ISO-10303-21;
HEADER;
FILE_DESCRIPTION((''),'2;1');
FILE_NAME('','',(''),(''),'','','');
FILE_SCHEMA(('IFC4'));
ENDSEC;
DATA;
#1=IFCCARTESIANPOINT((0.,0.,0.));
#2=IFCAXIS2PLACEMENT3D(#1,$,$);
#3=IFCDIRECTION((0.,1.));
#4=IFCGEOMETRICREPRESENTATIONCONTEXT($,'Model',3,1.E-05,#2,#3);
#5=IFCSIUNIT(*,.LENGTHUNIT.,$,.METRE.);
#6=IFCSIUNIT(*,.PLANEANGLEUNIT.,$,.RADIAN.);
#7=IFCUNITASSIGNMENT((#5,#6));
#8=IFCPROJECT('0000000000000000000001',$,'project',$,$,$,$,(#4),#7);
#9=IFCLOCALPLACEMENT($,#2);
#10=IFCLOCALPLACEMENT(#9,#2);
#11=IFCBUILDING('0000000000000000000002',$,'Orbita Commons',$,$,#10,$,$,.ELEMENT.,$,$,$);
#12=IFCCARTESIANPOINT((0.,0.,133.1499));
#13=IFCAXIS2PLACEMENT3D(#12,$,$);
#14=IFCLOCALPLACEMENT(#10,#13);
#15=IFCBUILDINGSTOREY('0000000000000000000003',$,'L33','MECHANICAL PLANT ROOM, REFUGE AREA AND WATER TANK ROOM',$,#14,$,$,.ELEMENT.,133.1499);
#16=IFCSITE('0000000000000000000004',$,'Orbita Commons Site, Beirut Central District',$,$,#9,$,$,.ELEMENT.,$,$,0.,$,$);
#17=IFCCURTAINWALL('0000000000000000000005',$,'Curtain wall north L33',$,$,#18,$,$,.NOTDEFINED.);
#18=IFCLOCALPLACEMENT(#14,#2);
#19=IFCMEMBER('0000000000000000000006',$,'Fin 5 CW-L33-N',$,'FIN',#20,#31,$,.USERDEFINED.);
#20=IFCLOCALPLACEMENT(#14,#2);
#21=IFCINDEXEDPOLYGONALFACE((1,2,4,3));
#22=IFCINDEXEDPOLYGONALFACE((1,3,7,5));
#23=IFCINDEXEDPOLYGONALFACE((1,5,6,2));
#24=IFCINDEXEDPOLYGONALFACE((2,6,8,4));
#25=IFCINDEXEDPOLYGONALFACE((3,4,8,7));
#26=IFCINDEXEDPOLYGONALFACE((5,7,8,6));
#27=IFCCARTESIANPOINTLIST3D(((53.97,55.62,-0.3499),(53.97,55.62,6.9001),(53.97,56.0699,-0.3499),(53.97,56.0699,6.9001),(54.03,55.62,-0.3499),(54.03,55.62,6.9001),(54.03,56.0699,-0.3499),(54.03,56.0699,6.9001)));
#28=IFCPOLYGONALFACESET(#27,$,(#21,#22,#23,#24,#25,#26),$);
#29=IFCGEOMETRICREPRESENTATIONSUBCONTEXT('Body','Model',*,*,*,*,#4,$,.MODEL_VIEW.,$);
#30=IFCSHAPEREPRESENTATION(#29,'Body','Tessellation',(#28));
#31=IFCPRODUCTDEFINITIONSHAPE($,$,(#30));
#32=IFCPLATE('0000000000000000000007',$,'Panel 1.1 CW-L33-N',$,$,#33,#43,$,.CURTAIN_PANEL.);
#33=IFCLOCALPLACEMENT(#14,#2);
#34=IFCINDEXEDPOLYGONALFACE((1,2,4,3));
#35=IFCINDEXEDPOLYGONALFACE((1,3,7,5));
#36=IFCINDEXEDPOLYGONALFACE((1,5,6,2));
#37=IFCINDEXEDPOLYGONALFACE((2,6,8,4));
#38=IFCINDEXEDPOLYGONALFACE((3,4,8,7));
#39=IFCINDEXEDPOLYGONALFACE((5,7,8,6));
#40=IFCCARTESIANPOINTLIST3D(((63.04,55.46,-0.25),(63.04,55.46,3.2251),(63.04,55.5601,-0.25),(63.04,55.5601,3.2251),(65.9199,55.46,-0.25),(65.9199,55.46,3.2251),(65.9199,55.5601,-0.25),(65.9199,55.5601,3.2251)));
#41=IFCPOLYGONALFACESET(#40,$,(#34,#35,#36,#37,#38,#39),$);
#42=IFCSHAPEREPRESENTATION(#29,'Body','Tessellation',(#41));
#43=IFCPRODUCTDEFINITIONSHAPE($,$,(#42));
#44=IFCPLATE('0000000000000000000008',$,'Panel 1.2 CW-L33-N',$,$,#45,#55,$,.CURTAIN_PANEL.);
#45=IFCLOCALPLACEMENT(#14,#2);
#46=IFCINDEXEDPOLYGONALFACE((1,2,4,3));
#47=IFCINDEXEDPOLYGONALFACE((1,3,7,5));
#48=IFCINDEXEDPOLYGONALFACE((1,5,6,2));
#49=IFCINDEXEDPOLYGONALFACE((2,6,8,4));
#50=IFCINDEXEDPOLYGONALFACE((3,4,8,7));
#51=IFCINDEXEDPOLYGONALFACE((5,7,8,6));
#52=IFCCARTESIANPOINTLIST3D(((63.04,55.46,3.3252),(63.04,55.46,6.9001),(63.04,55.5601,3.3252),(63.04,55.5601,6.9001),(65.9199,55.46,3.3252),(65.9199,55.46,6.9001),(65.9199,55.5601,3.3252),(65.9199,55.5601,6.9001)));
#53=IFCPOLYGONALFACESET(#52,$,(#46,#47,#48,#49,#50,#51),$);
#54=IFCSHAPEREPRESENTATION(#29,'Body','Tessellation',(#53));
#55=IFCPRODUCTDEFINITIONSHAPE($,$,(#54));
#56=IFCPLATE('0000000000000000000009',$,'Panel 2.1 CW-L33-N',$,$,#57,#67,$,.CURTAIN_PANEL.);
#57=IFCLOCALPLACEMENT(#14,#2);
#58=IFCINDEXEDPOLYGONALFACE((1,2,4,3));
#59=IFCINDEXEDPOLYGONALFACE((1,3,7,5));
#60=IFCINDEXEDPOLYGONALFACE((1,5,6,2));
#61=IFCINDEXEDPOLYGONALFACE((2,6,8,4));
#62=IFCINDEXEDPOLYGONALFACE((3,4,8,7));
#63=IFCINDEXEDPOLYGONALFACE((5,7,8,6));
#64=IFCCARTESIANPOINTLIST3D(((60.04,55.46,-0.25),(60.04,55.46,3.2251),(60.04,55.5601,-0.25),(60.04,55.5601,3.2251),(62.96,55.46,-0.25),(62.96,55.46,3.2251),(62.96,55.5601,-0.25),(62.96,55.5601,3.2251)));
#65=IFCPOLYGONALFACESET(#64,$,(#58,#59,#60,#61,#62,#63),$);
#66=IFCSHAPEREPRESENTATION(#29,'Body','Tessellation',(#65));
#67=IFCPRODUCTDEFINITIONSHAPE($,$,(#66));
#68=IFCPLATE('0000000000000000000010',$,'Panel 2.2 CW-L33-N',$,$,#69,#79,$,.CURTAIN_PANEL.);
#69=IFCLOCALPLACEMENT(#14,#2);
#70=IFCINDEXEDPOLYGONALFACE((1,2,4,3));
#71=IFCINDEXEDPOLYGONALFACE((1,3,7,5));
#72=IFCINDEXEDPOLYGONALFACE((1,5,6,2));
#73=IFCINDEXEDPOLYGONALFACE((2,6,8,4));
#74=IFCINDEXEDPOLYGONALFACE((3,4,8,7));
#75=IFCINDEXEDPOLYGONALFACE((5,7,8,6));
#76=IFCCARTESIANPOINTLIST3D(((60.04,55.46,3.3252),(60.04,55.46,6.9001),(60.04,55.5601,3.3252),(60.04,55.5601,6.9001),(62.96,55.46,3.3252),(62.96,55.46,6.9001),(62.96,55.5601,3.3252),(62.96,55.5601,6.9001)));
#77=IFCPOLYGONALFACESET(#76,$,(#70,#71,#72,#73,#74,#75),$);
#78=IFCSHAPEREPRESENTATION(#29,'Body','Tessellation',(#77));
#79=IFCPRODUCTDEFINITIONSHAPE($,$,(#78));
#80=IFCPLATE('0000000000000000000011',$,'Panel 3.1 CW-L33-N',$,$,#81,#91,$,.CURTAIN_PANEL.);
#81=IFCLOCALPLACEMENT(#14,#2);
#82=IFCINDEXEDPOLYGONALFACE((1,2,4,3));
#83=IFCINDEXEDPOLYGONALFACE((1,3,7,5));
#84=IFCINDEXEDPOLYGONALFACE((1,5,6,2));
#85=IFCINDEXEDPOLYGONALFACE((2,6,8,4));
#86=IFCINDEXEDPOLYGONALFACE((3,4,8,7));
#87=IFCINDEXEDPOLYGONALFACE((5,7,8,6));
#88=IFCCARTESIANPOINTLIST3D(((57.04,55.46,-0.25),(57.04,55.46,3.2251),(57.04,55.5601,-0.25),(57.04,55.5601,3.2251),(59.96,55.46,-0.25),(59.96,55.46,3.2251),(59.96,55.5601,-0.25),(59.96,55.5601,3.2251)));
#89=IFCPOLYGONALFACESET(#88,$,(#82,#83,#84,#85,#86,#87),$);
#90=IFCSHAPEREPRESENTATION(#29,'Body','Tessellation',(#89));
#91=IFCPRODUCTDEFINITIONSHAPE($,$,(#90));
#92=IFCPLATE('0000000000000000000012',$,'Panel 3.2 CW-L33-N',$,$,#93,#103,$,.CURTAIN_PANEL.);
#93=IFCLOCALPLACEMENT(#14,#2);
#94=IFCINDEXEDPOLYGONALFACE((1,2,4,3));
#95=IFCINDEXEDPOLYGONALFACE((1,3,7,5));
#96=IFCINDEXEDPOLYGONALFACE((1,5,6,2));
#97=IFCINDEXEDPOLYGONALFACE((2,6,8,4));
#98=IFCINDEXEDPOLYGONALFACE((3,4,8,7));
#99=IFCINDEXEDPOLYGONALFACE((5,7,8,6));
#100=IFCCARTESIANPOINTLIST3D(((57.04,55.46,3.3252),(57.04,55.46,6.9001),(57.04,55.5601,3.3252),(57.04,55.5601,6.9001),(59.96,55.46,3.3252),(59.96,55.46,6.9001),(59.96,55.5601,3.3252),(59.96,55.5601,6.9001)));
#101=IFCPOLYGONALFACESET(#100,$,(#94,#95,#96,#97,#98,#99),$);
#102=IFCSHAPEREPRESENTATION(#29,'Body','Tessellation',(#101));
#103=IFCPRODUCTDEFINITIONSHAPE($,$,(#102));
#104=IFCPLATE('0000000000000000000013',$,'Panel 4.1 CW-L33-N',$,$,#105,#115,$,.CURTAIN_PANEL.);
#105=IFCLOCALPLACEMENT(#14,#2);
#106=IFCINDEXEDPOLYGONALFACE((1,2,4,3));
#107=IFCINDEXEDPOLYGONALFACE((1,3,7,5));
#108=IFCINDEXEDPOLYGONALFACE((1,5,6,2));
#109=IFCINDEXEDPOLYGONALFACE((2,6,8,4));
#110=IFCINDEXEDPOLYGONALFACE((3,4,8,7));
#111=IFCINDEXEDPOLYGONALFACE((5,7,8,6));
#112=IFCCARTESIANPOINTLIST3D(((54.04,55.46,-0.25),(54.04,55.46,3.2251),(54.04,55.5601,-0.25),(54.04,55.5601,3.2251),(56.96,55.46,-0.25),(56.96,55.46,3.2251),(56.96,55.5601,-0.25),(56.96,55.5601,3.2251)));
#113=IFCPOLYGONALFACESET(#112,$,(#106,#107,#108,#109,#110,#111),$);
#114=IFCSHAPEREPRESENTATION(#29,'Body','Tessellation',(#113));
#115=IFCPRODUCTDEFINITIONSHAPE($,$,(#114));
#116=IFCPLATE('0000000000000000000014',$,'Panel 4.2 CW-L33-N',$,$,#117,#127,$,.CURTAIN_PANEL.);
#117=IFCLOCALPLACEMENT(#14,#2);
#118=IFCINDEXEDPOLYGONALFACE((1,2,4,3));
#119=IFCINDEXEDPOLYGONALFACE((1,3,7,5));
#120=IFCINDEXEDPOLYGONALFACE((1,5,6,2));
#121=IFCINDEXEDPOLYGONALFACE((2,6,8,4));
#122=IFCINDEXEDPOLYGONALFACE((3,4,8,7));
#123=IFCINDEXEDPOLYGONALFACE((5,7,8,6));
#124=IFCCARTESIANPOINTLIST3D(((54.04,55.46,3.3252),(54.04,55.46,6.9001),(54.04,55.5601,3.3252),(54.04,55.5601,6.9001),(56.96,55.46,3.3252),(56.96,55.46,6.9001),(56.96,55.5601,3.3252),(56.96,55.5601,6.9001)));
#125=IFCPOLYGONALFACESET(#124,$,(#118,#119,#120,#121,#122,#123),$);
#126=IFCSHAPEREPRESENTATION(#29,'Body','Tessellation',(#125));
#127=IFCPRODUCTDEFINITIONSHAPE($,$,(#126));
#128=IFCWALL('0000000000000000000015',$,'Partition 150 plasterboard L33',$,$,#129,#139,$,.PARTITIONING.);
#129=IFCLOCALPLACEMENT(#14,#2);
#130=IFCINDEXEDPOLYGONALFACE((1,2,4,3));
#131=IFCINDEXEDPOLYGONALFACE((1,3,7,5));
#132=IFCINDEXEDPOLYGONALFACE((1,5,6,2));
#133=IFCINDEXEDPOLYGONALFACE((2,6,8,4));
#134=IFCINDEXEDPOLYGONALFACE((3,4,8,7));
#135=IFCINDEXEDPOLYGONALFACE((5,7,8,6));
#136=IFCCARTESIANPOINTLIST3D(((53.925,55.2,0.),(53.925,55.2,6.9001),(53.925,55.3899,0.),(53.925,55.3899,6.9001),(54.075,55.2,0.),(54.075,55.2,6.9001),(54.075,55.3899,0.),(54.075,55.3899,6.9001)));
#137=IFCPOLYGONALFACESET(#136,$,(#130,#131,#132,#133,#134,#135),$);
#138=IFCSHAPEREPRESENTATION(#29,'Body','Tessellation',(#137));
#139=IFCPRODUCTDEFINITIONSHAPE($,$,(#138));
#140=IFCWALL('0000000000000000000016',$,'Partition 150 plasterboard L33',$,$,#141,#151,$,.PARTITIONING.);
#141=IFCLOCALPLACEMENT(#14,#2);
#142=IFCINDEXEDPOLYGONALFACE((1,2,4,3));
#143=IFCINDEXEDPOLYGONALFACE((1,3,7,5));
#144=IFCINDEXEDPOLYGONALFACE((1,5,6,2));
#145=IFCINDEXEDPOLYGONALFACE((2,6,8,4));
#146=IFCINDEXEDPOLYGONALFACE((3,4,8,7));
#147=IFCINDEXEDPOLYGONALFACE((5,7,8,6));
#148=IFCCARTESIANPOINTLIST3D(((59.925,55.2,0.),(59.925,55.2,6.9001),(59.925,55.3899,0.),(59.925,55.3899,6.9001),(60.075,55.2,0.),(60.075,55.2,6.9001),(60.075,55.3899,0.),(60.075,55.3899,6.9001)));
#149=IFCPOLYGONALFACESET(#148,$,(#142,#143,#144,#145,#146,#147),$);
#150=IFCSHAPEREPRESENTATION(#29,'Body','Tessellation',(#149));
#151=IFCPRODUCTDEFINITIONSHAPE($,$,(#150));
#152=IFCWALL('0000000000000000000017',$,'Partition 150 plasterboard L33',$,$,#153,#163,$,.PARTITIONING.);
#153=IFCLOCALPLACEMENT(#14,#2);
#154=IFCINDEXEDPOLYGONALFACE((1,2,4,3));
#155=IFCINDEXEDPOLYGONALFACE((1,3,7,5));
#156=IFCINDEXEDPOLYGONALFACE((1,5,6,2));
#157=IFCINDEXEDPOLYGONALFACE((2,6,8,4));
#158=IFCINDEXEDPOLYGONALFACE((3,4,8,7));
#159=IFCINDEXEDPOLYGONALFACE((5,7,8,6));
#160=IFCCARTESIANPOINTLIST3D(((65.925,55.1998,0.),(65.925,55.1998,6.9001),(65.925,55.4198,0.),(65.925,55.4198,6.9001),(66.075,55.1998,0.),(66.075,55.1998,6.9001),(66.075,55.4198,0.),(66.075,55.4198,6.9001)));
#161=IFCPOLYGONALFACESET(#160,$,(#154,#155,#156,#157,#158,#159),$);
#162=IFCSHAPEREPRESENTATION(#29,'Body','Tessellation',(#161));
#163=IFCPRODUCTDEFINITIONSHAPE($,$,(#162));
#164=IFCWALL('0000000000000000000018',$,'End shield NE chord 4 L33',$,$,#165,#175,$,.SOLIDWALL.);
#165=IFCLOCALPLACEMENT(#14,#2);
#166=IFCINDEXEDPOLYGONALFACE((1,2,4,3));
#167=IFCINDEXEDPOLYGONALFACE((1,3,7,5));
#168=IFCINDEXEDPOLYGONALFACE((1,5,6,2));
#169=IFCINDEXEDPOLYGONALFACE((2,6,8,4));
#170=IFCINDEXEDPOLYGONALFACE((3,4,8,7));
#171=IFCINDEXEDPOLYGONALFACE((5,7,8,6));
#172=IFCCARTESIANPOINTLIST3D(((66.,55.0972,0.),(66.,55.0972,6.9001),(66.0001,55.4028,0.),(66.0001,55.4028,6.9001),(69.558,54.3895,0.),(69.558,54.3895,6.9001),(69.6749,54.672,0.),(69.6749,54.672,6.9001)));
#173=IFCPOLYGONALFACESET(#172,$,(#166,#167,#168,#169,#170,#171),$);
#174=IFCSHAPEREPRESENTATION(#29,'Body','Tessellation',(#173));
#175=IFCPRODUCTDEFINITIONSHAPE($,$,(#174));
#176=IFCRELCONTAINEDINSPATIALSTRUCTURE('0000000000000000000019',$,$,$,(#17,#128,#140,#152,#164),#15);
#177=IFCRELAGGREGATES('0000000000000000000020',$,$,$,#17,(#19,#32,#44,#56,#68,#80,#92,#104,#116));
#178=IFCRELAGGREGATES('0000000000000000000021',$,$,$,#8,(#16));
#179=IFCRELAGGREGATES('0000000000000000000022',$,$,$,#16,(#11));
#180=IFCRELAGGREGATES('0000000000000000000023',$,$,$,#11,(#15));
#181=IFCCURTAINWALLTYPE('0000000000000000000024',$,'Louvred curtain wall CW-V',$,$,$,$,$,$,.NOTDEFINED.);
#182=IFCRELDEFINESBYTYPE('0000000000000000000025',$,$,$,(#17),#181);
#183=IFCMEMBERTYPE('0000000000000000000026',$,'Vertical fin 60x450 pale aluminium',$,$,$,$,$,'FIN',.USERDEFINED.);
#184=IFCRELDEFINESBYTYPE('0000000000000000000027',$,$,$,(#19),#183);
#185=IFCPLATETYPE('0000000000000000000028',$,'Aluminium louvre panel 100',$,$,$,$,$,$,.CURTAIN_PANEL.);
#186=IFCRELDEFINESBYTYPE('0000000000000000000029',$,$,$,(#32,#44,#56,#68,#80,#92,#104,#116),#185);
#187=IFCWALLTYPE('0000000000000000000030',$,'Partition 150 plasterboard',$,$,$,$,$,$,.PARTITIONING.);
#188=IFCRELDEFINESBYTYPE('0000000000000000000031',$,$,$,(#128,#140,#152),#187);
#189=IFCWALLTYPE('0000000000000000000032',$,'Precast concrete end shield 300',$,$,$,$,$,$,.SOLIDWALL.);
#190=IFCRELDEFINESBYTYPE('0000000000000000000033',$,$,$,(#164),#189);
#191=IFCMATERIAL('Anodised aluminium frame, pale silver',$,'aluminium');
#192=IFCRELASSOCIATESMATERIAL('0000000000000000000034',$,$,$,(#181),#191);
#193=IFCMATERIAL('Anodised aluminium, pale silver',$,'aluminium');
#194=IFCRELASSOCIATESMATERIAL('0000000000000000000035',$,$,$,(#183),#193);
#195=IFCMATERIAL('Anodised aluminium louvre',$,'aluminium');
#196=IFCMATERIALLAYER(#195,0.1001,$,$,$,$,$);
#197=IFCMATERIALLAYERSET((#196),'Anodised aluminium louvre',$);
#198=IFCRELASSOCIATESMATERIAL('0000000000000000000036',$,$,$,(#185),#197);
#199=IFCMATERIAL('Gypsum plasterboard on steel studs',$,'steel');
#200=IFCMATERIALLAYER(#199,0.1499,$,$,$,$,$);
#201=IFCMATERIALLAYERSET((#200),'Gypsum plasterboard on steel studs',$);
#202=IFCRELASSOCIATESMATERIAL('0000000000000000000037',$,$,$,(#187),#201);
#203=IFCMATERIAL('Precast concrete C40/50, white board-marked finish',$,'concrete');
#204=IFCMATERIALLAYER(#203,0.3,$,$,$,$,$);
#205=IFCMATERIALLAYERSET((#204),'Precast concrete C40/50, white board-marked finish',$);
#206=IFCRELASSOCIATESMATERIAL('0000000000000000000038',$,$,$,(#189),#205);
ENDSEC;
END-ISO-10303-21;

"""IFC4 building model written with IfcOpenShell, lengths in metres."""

from ifc_helpers import new_model, si_unit, direction, frame, frame_2d, origin, origin_2d, place, context, subcontext, project, spatial, polyline, rectangle, outline, extrude, material, layer, layer_set, material_profile, profile_set, type_object, element, aggregate, save


model = new_model("IFC4")

# Units and contexts
model_context = context("Model", 3, precision=1e-05, world=origin(), true_north=direction((0.0, 1.0)))
body_context = subcontext(model_context, "Body", "Model", "MODEL_VIEW")
ifc_project = project(units=[si_unit("LENGTHUNIT", "METRE"), si_unit("PLANEANGLEUNIT", "RADIAN")], contexts=[model_context])

# Site, building, storey
site_placement = place(None, origin())
site = spatial("IfcSite", under=ifc_project, at=site_placement, Name="Orbita Commons Site, Beirut Central District", CompositionType="ELEMENT", RefElevation=0.0)
building_placement = place(site_placement, origin())
building = spatial("IfcBuilding", under=site, at=building_placement, Name="Orbita Commons", CompositionType="ELEMENT")
storey_placement = place(building_placement, frame((0.0, 0.0, 133.1499)))
storey = spatial("IfcBuildingStorey", under=building, at=storey_placement, Name="L33", Description="MECHANICAL PLANT ROOM, REFUGE AREA AND WATER TANK ROOM", CompositionType="ELEMENT", Elevation=133.1499)

# Curtain wall, member, plates
ifc_material_1 = material(Name="Anodised aluminium frame, pale silver", Category="aluminium")
curtain_wall_type = type_object("IfcCurtainWallType", Name="Louvred curtain wall CW-V", PredefinedType="NOTDEFINED", material=ifc_material_1)
curtain_wall_placement = place(storey_placement, origin())
curtain_wall = element("IfcCurtainWall", 1, at=curtain_wall_placement, inside=storey, type_object=curtain_wall_type, Name="Curtain wall north L33", PredefinedType="NOTDEFINED")
ifc_material_2 = material(Name="Anodised aluminium, pale silver", Category="aluminium")
ifc_material_profile_1 = material_profile(ifc_material_2, rectangle(XDim=0.0601, YDim=0.45, at=origin_2d()), Name="FIN 60x450")
ifc_profile_set_1 = profile_set([ifc_material_profile_1], Name="Anodised aluminium, pale silver")
member_type_1 = type_object("IfcMemberType", Name="Vertical fin 60x450 pale aluminium", ElementType="FIN", PredefinedType="USERDEFINED", material=ifc_profile_set_1)
member_1_placement = place(storey_placement, frame((54.0, 55.845, -0.3499), z_axis=(0.0, 0.0, 1.0), x_axis=(-1.0, 0.0, 0.0)))
member_1 = element("IfcMember", 2, at=member_1_placement, type_object=member_type_1, Name="Fin 5 CW-L33-N", ObjectType="FIN", PredefinedType="USERDEFINED", context=body_context, shape_type="SweptSolid", body=[
    extrude(rectangle(XDim=0.0601, YDim=0.45, at=origin_2d()), origin(), (0.0, 0.0, 1.0), 7.25),
])
ifc_material_3 = material(Name="Anodised aluminium louvre", Category="aluminium")
ifc_layer_1 = layer(ifc_material_3, 0.1001)
ifc_layer_set_1 = layer_set([ifc_layer_1], Name="Anodised aluminium louvre")
plate_type = type_object("IfcPlateType", Name="Aluminium louvre panel 100", PredefinedType="CURTAIN_PANEL", material=ifc_layer_set_1)
plate_1_placement = place(storey_placement, frame((64.48, 55.51, -0.25), z_axis=(0.0, 0.0, 1.0), x_axis=(-1.0, 0.0, 0.0)))
plate_1 = element("IfcPlate", 3, at=plate_1_placement, type_object=plate_type, Name="Panel 1.1 CW-L33-N", PredefinedType="CURTAIN_PANEL", context=body_context, shape_type="SweptSolid", body=[
    extrude(rectangle(XDim=2.8799, YDim=0.1001, at=origin_2d()), origin(), (0.0, 0.0, 1.0), 3.4751),
])
plate_2_placement = place(storey_placement, frame((64.48, 55.51, 3.3252), z_axis=(0.0, 0.0, 1.0), x_axis=(-1.0, 0.0, 0.0)))
plate_2 = element("IfcPlate", 4, at=plate_2_placement, type_object=plate_type, Name="Panel 1.2 CW-L33-N", PredefinedType="CURTAIN_PANEL", context=body_context, shape_type="SweptSolid", body=[
    extrude(rectangle(XDim=2.8799, YDim=0.1001, at=origin_2d()), origin(), (0.0, 0.0, 1.0), 3.575),
])
plate_3_placement = place(storey_placement, frame((61.5, 55.51, -0.25), z_axis=(0.0, 0.0, 1.0), x_axis=(-1.0, 0.0, 0.0)))
plate_3 = element("IfcPlate", 5, at=plate_3_placement, type_object=plate_type, Name="Panel 2.1 CW-L33-N", PredefinedType="CURTAIN_PANEL", context=body_context, shape_type="SweptSolid", body=[
    extrude(rectangle(XDim=2.9199, YDim=0.1001, at=origin_2d()), origin(), (0.0, 0.0, 1.0), 3.4751),
])
plate_4_placement = place(storey_placement, frame((61.5, 55.51, 3.3252), z_axis=(0.0, 0.0, 1.0), x_axis=(-1.0, 0.0, 0.0)))
plate_4 = element("IfcPlate", 6, at=plate_4_placement, type_object=plate_type, Name="Panel 2.2 CW-L33-N", PredefinedType="CURTAIN_PANEL", context=body_context, shape_type="SweptSolid", body=[
    extrude(rectangle(XDim=2.9199, YDim=0.1001, at=origin_2d()), origin(), (0.0, 0.0, 1.0), 3.575),
])
plate_5_placement = place(storey_placement, frame((58.5, 55.51, -0.25), z_axis=(0.0, 0.0, 1.0), x_axis=(-1.0, 0.0, 0.0)))
plate_5 = element("IfcPlate", 7, at=plate_5_placement, type_object=plate_type, Name="Panel 3.1 CW-L33-N", PredefinedType="CURTAIN_PANEL", context=body_context, shape_type="SweptSolid", body=[
    extrude(rectangle(XDim=2.9199, YDim=0.1001, at=origin_2d()), origin(), (0.0, 0.0, 1.0), 3.4751),
])
plate_6_placement = place(storey_placement, frame((58.5, 55.51, 3.3252), z_axis=(0.0, 0.0, 1.0), x_axis=(-1.0, 0.0, 0.0)))
plate_6 = element("IfcPlate", 8, at=plate_6_placement, type_object=plate_type, Name="Panel 3.2 CW-L33-N", PredefinedType="CURTAIN_PANEL", context=body_context, shape_type="SweptSolid", body=[
    extrude(rectangle(XDim=2.9199, YDim=0.1001, at=origin_2d()), origin(), (0.0, 0.0, 1.0), 3.575),
])
plate_7_placement = place(storey_placement, frame((55.5, 55.51, -0.25), z_axis=(0.0, 0.0, 1.0), x_axis=(-1.0, 0.0, 0.0)))
plate_7 = element("IfcPlate", 9, at=plate_7_placement, type_object=plate_type, Name="Panel 4.1 CW-L33-N", PredefinedType="CURTAIN_PANEL", context=body_context, shape_type="SweptSolid", body=[
    extrude(rectangle(XDim=2.9199, YDim=0.1001, at=origin_2d()), origin(), (0.0, 0.0, 1.0), 3.4751),
])
plate_8_placement = place(storey_placement, frame((55.5, 55.51, 3.3252), z_axis=(0.0, 0.0, 1.0), x_axis=(-1.0, 0.0, 0.0)))
plate_8 = element("IfcPlate", 10, at=plate_8_placement, type_object=plate_type, Name="Panel 4.2 CW-L33-N", PredefinedType="CURTAIN_PANEL", context=body_context, shape_type="SweptSolid", body=[
    extrude(rectangle(XDim=2.9199, YDim=0.1001, at=origin_2d()), origin(), (0.0, 0.0, 1.0), 3.575),
])
aggregate(curtain_wall, [member_1, plate_1, plate_2, plate_3, plate_4, plate_5, plate_6, plate_7, plate_8])

# Walls
ifc_material_4 = material(Name="Gypsum plasterboard on steel studs", Category="steel")
ifc_layer_2 = layer(ifc_material_4, 0.1499)
ifc_layer_set_2 = layer_set([ifc_layer_2], Name="Gypsum plasterboard on steel studs")
wall_type_1 = type_object("IfcWallType", Name="Partition 150 plasterboard", PredefinedType="PARTITIONING", material=ifc_layer_set_2)
for number, where, z_axis, x_axis, name in (
    (11, (54.0, 55.2, 0.0), (0.0, 0.0, 1.0), (0.0, 1.0, 0.0), "Partition 150 plasterboard L33"),
    (12, (60.0, 55.2, 0.0), (0.0, 0.0, 1.0), (0.0, 1.0, 0.0), "Partition 150 plasterboard L33"),
):
    element("IfcWall", number, at=place(storey_placement, frame(where, z_axis=z_axis, x_axis=x_axis)), inside=storey, type_object=wall_type_1, Name=name, PredefinedType="PARTITIONING", context=body_context, shape_type="SweptSolid", body=[
        extrude(rectangle(XDim=0.1899, YDim=0.1499, at=frame_2d((0.095, 0.0))), origin(), (0.0, 0.0, 1.0), 6.9001),
    ])
wall_1_placement = place(storey_placement, frame((66.0, 55.2, 0.0), z_axis=(0.0, 0.0, 1.0), x_axis=(0.0, 1.0, 0.0)))
element("IfcWall", 13, at=wall_1_placement, inside=storey, type_object=wall_type_1, Name="Partition 150 plasterboard L33", PredefinedType="PARTITIONING", context=body_context, shape_type="SweptSolid", body=[
    extrude(rectangle(XDim=0.22, YDim=0.1499, at=frame_2d((0.1099, 0.0))), origin(), (0.0, 0.0, 1.0), 6.9001),
])
ifc_material_5 = material(Name="Precast concrete C40/50, white board-marked finish", Category="concrete")
ifc_layer_3 = layer(ifc_material_5, 0.3)
ifc_layer_set_3 = layer_set([ifc_layer_3], Name="Precast concrete C40/50, white board-marked finish")
wall_type_2 = type_object("IfcWallType", Name="Precast concrete end shield 300", PredefinedType="SOLIDWALL", material=ifc_layer_set_3)
wall_2_placement = place(storey_placement, frame((69.6165, 54.5308, 0.0), z_axis=(0.0, 0.0, 1.0), x_axis=(-0.980791, 0.195059, 0.0)))
element("IfcWall", 14, at=wall_2_placement, inside=storey, type_object=wall_type_2, Name="End shield NE chord 4 L33", PredefinedType="SOLIDWALL", context=body_context, shape_type="SweptSolid", body=[
    extrude(outline(polyline([(-0.0298, -0.1499), (3.717, -0.1499), (3.6575, 0.1499), (0.0298, 0.1499), (-0.0298, -0.1499)])), origin(), (0.0, 0.0, 1.0), 6.9001),
])

save(model, "model.ifc")
